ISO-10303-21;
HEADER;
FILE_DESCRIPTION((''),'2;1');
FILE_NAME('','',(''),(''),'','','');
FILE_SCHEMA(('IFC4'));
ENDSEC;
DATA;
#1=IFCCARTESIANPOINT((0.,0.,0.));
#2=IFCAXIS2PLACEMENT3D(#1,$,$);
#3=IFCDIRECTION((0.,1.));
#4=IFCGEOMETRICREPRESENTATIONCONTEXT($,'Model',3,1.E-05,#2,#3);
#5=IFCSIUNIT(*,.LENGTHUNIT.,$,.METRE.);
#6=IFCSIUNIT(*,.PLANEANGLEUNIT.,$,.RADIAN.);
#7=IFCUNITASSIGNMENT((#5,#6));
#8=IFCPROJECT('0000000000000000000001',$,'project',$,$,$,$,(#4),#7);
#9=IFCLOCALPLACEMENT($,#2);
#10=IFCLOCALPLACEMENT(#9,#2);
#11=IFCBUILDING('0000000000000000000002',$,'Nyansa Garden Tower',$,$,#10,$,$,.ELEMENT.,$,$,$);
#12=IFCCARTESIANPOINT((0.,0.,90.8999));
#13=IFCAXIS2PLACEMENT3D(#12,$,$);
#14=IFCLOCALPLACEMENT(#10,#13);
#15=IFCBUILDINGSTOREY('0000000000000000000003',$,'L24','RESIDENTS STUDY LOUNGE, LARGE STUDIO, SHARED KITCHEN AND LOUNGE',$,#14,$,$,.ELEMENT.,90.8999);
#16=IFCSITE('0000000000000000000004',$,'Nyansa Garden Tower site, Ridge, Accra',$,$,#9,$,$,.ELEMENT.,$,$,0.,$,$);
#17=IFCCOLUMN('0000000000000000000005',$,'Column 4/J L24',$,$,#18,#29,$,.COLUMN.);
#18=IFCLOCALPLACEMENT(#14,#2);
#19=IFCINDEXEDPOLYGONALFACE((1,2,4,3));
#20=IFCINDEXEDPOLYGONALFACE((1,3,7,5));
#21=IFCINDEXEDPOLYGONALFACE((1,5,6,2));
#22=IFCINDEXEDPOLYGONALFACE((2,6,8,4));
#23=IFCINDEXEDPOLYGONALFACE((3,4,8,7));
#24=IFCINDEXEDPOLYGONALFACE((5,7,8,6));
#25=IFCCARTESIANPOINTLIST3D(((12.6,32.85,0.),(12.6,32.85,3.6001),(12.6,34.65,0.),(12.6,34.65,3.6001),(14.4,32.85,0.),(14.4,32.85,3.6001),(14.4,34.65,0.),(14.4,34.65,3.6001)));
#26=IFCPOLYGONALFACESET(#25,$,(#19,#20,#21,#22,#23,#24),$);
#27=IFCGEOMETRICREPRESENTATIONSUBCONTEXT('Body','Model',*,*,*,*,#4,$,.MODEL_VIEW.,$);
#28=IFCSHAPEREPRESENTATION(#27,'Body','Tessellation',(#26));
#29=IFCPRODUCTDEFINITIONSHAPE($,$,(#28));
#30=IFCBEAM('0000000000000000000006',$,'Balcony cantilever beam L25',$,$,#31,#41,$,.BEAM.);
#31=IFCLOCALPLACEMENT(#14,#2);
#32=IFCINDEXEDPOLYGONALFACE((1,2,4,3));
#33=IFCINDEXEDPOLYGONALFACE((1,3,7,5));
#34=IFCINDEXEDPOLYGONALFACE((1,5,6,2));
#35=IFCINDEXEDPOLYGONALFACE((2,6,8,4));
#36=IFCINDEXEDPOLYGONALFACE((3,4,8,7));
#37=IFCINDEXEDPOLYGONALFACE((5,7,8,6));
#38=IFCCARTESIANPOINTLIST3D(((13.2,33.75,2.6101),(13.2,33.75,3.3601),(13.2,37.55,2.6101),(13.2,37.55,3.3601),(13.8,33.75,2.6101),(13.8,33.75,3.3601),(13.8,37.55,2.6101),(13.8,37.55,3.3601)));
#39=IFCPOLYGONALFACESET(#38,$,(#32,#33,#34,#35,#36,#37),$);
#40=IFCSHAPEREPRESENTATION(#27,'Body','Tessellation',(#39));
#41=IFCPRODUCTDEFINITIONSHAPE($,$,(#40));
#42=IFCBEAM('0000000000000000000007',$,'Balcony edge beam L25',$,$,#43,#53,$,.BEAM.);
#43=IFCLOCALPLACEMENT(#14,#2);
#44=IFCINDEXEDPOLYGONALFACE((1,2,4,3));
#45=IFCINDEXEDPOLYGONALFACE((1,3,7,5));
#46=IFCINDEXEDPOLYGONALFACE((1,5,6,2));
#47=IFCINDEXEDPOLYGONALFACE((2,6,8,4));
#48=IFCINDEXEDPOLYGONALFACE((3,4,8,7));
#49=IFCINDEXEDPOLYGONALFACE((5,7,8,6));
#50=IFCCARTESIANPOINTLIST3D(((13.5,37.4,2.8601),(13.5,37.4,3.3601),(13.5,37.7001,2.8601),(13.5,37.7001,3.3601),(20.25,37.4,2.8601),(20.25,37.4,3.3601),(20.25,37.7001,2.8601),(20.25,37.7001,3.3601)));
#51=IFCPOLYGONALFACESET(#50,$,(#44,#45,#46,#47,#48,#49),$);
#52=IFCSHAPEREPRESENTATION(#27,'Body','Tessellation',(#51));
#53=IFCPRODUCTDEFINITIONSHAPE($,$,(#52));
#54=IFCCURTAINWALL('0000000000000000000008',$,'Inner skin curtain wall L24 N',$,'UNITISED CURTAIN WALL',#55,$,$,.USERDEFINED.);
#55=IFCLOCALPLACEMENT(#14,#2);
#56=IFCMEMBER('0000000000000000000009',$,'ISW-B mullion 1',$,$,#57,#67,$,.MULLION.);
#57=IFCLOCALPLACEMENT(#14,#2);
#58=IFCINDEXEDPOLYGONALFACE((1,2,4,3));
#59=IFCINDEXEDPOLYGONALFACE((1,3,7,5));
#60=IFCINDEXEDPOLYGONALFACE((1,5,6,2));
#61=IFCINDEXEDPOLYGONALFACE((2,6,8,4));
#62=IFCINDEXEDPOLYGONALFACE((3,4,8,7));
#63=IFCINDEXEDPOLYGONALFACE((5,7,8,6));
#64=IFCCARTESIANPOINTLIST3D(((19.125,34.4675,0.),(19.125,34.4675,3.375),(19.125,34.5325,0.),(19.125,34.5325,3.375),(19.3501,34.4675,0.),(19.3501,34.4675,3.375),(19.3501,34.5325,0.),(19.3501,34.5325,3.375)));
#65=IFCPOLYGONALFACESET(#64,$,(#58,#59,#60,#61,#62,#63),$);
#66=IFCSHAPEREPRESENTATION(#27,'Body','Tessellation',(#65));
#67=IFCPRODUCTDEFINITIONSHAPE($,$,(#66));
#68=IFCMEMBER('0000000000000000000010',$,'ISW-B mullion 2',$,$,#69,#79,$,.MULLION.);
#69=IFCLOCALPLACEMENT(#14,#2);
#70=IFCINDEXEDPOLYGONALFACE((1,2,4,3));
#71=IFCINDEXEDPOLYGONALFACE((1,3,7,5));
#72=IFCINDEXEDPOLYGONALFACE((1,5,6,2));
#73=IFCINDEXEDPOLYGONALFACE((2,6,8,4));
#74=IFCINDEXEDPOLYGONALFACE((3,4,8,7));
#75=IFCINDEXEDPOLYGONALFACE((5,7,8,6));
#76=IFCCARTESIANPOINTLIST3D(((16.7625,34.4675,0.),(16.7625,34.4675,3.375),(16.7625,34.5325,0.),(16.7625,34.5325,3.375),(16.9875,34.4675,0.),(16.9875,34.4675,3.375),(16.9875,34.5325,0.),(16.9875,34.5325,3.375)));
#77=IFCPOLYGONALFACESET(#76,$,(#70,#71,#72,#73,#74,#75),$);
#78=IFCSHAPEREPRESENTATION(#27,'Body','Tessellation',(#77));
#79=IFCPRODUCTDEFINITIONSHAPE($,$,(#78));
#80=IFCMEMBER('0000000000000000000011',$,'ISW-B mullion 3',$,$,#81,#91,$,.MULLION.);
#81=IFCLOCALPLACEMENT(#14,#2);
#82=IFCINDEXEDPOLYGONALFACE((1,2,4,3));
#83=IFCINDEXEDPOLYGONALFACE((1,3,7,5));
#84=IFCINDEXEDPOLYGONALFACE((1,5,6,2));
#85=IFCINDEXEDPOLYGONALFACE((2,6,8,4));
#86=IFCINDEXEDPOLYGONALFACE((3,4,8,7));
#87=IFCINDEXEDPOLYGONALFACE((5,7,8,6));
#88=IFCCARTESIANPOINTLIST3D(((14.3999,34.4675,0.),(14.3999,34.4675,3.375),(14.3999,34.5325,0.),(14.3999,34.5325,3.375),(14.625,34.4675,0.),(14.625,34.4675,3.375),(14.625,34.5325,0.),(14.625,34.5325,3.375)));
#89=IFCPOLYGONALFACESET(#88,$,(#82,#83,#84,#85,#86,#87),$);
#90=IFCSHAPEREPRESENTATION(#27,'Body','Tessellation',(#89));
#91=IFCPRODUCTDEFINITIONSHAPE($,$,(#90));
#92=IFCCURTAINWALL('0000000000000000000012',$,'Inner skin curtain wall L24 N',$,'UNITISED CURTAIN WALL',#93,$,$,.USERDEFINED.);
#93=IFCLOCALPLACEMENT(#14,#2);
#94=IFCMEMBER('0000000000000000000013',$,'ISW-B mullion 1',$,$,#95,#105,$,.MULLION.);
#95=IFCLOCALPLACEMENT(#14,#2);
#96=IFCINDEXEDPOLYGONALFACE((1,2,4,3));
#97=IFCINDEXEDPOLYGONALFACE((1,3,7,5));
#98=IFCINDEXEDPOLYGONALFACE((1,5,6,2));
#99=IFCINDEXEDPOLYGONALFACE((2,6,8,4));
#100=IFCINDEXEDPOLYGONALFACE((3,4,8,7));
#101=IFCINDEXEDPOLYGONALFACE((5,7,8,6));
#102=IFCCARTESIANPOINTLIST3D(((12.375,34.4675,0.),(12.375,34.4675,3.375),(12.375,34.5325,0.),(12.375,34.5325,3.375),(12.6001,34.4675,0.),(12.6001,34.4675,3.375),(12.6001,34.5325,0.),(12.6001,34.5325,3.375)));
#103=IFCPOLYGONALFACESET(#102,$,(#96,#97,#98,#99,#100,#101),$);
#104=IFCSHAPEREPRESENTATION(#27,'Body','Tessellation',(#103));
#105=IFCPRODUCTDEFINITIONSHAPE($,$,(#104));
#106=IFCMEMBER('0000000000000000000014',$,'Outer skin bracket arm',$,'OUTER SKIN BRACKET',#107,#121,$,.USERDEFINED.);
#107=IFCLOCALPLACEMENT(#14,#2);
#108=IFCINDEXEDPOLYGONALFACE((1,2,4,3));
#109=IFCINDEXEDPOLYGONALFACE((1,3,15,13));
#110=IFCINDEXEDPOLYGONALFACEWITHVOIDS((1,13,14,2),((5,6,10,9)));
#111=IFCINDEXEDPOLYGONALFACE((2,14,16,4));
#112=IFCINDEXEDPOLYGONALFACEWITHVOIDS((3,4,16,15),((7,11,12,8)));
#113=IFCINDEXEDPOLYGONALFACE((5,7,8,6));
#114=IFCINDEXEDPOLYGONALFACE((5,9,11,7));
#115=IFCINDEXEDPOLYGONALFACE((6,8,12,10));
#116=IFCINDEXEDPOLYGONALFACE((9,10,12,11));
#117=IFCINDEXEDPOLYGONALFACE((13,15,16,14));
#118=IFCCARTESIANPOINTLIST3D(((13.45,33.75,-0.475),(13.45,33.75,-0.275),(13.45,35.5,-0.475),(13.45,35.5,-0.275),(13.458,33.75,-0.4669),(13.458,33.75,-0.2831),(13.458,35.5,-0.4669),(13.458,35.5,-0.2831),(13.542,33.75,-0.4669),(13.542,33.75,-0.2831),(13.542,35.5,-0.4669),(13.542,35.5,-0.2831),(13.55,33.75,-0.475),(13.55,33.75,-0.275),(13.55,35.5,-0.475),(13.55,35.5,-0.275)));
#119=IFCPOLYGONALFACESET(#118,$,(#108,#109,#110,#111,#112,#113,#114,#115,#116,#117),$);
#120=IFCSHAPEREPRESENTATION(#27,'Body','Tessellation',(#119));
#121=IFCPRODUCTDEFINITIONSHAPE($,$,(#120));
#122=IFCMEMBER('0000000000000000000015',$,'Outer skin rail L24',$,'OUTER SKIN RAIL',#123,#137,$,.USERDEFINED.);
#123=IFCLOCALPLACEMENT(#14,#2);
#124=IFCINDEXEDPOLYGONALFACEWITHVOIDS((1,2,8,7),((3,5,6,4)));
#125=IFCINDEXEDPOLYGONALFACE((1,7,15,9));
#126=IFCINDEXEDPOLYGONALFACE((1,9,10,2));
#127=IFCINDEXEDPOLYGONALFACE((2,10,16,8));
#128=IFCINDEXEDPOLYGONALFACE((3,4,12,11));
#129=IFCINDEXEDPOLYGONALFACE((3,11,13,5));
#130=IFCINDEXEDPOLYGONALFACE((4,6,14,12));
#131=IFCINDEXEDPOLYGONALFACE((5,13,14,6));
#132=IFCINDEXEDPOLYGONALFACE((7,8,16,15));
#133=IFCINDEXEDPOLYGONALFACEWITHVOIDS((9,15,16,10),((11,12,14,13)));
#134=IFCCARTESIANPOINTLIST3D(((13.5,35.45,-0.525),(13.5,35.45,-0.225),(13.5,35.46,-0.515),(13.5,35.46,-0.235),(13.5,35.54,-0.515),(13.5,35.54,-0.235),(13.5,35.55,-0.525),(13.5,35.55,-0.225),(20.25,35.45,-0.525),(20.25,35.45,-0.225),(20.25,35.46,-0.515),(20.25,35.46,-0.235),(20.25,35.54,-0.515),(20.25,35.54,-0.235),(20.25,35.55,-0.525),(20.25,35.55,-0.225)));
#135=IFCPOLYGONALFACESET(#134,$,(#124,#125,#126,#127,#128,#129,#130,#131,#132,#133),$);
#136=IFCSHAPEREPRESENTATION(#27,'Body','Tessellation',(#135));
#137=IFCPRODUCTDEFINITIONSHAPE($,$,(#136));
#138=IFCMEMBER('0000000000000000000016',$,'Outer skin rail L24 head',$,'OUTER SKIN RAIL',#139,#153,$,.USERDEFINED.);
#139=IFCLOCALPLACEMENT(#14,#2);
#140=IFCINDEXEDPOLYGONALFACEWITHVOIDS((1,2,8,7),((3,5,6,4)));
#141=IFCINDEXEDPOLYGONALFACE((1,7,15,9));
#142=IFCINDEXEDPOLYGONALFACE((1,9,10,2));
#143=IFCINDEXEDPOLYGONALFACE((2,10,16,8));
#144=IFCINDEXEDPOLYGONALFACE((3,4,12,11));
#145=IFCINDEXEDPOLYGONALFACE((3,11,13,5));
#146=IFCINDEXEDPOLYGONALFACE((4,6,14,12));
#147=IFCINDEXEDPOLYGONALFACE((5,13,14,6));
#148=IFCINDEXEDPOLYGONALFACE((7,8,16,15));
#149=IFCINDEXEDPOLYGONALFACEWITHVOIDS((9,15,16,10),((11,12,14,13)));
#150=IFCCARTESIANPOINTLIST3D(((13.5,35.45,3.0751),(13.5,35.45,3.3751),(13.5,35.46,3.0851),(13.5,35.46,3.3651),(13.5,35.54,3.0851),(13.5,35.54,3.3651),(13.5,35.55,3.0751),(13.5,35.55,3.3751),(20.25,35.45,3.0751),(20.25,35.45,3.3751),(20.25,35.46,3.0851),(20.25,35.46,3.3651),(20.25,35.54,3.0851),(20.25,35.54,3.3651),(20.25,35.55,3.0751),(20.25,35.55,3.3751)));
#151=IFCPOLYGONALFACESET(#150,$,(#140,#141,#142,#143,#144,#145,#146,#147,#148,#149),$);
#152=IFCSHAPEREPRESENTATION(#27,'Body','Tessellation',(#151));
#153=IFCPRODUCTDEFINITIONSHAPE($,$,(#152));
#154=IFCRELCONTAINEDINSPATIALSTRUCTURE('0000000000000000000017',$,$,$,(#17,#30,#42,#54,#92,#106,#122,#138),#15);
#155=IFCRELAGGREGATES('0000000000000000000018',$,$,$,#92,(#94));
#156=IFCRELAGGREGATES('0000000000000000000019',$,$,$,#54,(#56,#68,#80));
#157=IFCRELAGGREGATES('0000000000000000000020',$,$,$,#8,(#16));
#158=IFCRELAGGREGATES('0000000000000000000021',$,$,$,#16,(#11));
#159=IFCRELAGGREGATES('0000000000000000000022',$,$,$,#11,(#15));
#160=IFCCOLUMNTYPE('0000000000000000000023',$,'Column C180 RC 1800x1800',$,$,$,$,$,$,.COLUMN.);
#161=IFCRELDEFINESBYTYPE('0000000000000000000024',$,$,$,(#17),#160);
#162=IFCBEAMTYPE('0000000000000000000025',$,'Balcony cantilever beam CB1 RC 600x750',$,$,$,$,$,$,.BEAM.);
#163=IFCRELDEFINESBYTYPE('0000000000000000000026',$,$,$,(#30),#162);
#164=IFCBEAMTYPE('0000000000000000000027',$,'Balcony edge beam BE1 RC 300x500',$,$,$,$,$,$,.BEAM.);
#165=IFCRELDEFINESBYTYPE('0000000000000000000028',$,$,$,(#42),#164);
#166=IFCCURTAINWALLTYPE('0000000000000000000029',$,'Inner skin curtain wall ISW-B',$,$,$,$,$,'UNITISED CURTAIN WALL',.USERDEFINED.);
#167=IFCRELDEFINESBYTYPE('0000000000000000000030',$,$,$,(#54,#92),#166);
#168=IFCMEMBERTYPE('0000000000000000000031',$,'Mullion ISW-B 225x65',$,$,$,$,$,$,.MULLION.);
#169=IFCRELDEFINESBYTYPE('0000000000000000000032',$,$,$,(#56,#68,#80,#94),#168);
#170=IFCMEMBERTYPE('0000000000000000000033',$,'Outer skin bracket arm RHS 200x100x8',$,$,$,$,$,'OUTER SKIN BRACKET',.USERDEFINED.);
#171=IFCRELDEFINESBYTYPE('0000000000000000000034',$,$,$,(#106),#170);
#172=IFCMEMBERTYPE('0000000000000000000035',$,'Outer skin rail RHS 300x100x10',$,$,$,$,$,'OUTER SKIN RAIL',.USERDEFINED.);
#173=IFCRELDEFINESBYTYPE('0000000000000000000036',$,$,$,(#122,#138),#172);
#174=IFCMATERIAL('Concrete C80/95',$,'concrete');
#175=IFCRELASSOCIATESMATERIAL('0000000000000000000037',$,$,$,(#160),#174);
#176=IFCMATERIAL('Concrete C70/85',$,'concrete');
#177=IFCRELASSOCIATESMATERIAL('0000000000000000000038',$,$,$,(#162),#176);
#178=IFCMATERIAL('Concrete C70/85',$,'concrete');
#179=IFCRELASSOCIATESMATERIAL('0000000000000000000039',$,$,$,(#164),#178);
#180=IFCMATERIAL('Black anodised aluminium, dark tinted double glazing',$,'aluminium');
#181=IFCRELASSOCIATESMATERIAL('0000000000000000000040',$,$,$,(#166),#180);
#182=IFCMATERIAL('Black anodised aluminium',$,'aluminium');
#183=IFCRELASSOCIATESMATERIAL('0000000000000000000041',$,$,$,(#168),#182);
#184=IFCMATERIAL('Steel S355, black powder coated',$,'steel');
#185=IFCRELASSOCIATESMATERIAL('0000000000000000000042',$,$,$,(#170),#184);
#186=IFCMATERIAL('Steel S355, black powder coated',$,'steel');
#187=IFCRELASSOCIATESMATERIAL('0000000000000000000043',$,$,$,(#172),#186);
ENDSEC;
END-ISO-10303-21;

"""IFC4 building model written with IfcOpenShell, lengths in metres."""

from ifc_helpers import new_model, si_unit, direction, frame, origin, origin_2d, place, context, subcontext, project, spatial, rectangle, hollow_rectangle, extrude, material, material_profile, profile_set, type_object, element, aggregate, save


model = new_model("IFC4")

# Units and contexts
model_context = context("Model", 3, precision=1e-05, world=origin(), true_north=direction((0.0, 1.0)))
body_context = subcontext(model_context, "Body", "Model", "MODEL_VIEW")
ifc_project = project(units=[si_unit("LENGTHUNIT", "METRE"), si_unit("PLANEANGLEUNIT", "RADIAN")], contexts=[model_context])

# Site, building, storey
site_placement = place(None, origin())
site = spatial("IfcSite", under=ifc_project, at=site_placement, Name="Nyansa Garden Tower site, Ridge, Accra", CompositionType="ELEMENT", RefElevation=0.0)
building_placement = place(site_placement, origin())
building = spatial("IfcBuilding", under=site, at=building_placement, Name="Nyansa Garden Tower", CompositionType="ELEMENT")
storey_placement = place(building_placement, frame((0.0, 0.0, 90.8999)))
storey = spatial("IfcBuildingStorey", under=building, at=storey_placement, Name="L24", Description="RESIDENTS STUDY LOUNGE, LARGE STUDIO, SHARED KITCHEN AND LOUNGE", CompositionType="ELEMENT", Elevation=90.8999)

# Column
ifc_material_1 = material(Name="Concrete C80/95", Category="concrete")
ifc_material_profile_1 = material_profile(ifc_material_1, rectangle(XDim=1.8, YDim=1.8, at=origin_2d()), Name="RC 1800x1800")
ifc_profile_set_1 = profile_set([ifc_material_profile_1], Name="Concrete C80/95")
column_type = type_object("IfcColumnType", Name="Column C180 RC 1800x1800", PredefinedType="COLUMN", material=ifc_profile_set_1)
column_placement = place(storey_placement, frame((13.5, 33.75, 0.0), z_axis=(0.0, 0.0, 1.0), x_axis=(1.0, 0.0, 0.0)))
element("IfcColumn", 1, at=column_placement, inside=storey, type_object=column_type, Name="Column 4/J L24", PredefinedType="COLUMN", context=body_context, shape_type="SweptSolid", body=[
    extrude(rectangle(XDim=1.8, YDim=1.8, at=origin_2d()), origin(), (0.0, 0.0, 1.0), 3.6001),
])

# Beams
ifc_material_2 = material(Name="Concrete C70/85", Category="concrete")
ifc_material_profile_2 = material_profile(ifc_material_2, rectangle(XDim=0.6001, YDim=0.75, at=origin_2d()), Name="RC 600x750")
ifc_profile_set_2 = profile_set([ifc_material_profile_2], Name="Concrete C70/85")
beam_type_1 = type_object("IfcBeamType", Name="Balcony cantilever beam CB1 RC 600x750", PredefinedType="BEAM", material=ifc_profile_set_2)
beam_1_placement = place(storey_placement, frame((13.5, 33.75, 2.9851), z_axis=(0.0, 1.0, 0.0), x_axis=(-1.0, 0.0, 0.0)))
element("IfcBeam", 2, at=beam_1_placement, inside=storey, type_object=beam_type_1, Name="Balcony cantilever beam L25", PredefinedType="BEAM", context=body_context, shape_type="SweptSolid", body=[
    extrude(rectangle(XDim=0.6001, YDim=0.75, at=origin_2d()), origin(), (0.0, 0.0, 1.0), 3.8),
])
ifc_material_3 = material(Name="Concrete C70/85", Category="concrete")
ifc_material_profile_3 = material_profile(ifc_material_3, rectangle(XDim=0.3, YDim=0.5, at=origin_2d()), Name="RC 300x500")
ifc_profile_set_3 = profile_set([ifc_material_profile_3], Name="Concrete C70/85")
beam_type_2 = type_object("IfcBeamType", Name="Balcony edge beam BE1 RC 300x500", PredefinedType="BEAM", material=ifc_profile_set_3)
beam_2_placement = place(storey_placement, frame((13.5, 37.55, 3.1101), z_axis=(1.0, 0.0, 0.0), x_axis=(0.0, 1.0, 0.0)))
element("IfcBeam", 3, at=beam_2_placement, inside=storey, type_object=beam_type_2, Name="Balcony edge beam L25", PredefinedType="BEAM", context=body_context, shape_type="SweptSolid", body=[
    extrude(rectangle(XDim=0.3, YDim=0.5, at=origin_2d()), origin(), (0.0, 0.0, 1.0), 6.75),
])

# Curtain wall, members
ifc_material_4 = material(Name="Black anodised aluminium, dark tinted double glazing", Category="aluminium")
curtain_wall_type = type_object("IfcCurtainWallType", Name="Inner skin curtain wall ISW-B", ElementType="UNITISED CURTAIN WALL", PredefinedType="USERDEFINED", material=ifc_material_4)
curtain_wall_1_placement = place(storey_placement, origin())
curtain_wall_1 = element("IfcCurtainWall", 4, at=curtain_wall_1_placement, inside=storey, type_object=curtain_wall_type, Name="Inner skin curtain wall L24 N", ObjectType="UNITISED CURTAIN WALL", PredefinedType="USERDEFINED")
ifc_material_5 = material(Name="Black anodised aluminium", Category="aluminium")
ifc_material_profile_4 = material_profile(ifc_material_5, rectangle(XDim=0.0649, YDim=0.2251, at=origin_2d()), Name="Mullion 225x65")
ifc_profile_set_4 = profile_set([ifc_material_profile_4], Name="Black anodised aluminium")
member_type_1 = type_object("IfcMemberType", Name="Mullion ISW-B 225x65", PredefinedType="MULLION", material=ifc_profile_set_4)
member_1_placement = place(storey_placement, frame((19.2375, 34.5, 0.0), z_axis=(0.0, 0.0, 1.0), x_axis=(0.0, -1.0, 0.0)))
member_1 = element("IfcMember", 5, at=member_1_placement, type_object=member_type_1, Name="ISW-B mullion 1", PredefinedType="MULLION", context=body_context, shape_type="SweptSolid", body=[
    extrude(rectangle(XDim=0.0649, YDim=0.2251, at=origin_2d()), origin(), (0.0, 0.0, 1.0), 3.375),
])
member_2_placement = place(storey_placement, frame((16.875, 34.5, 0.0), z_axis=(0.0, 0.0, 1.0), x_axis=(0.0, -1.0, 0.0)))
member_2 = element("IfcMember", 6, at=member_2_placement, type_object=member_type_1, Name="ISW-B mullion 2", PredefinedType="MULLION", context=body_context, shape_type="SweptSolid", body=[
    extrude(rectangle(XDim=0.0649, YDim=0.2251, at=origin_2d()), origin(), (0.0, 0.0, 1.0), 3.375),
])
member_3_placement = place(storey_placement, frame((14.5125, 34.5, 0.0), z_axis=(0.0, 0.0, 1.0), x_axis=(0.0, -1.0, 0.0)))
member_3 = element("IfcMember", 7, at=member_3_placement, type_object=member_type_1, Name="ISW-B mullion 3", PredefinedType="MULLION", context=body_context, shape_type="SweptSolid", body=[
    extrude(rectangle(XDim=0.0649, YDim=0.2251, at=origin_2d()), origin(), (0.0, 0.0, 1.0), 3.375),
])

# Curtain wall, member
curtain_wall_2_placement = place(storey_placement, origin())
curtain_wall_2 = element("IfcCurtainWall", 8, at=curtain_wall_2_placement, inside=storey, type_object=curtain_wall_type, Name="Inner skin curtain wall L24 N", ObjectType="UNITISED CURTAIN WALL", PredefinedType="USERDEFINED")
member_4_placement = place(storey_placement, frame((12.4875, 34.5, 0.0), z_axis=(0.0, 0.0, 1.0), x_axis=(0.0, -1.0, 0.0)))
member_4 = element("IfcMember", 9, at=member_4_placement, type_object=member_type_1, Name="ISW-B mullion 1", PredefinedType="MULLION", context=body_context, shape_type="SweptSolid", body=[
    extrude(rectangle(XDim=0.0649, YDim=0.2251, at=origin_2d()), origin(), (0.0, 0.0, 1.0), 3.375),
])
aggregate(curtain_wall_2, [member_4])

# Members
ifc_material_6 = material(Name="Steel S355, black powder coated", Category="steel")
ifc_material_profile_5 = material_profile(ifc_material_6, hollow_rectangle(XDim=0.1001, YDim=0.2, WallThickness=0.0081, at=origin_2d()), Name="RHS 200x100x8")
ifc_profile_set_5 = profile_set([ifc_material_profile_5], Name="Steel S355, black powder coated")
member_type_2 = type_object("IfcMemberType", Name="Outer skin bracket arm RHS 200x100x8", ElementType="OUTER SKIN BRACKET", PredefinedType="USERDEFINED", material=ifc_profile_set_5)
member_5_placement = place(storey_placement, frame((13.5, 33.75, -0.375), z_axis=(0.0, 1.0, 0.0), x_axis=(-1.0, 0.0, 0.0)))
element("IfcMember", 10, at=member_5_placement, inside=storey, type_object=member_type_2, Name="Outer skin bracket arm", ObjectType="OUTER SKIN BRACKET", PredefinedType="USERDEFINED", context=body_context, shape_type="SweptSolid", body=[
    extrude(hollow_rectangle(XDim=0.1001, YDim=0.2, WallThickness=0.0081, at=origin_2d()), origin(), (0.0, 0.0, 1.0), 1.75),
])
ifc_material_7 = material(Name="Steel S355, black powder coated", Category="steel")
ifc_material_profile_6 = material_profile(ifc_material_7, hollow_rectangle(XDim=0.1001, YDim=0.3, WallThickness=0.01, at=origin_2d()), Name="RHS 300x100x10")
ifc_profile_set_6 = profile_set([ifc_material_profile_6], Name="Steel S355, black powder coated")
member_type_3 = type_object("IfcMemberType", Name="Outer skin rail RHS 300x100x10", ElementType="OUTER SKIN RAIL", PredefinedType="USERDEFINED", material=ifc_profile_set_6)
for number, where, z_axis, x_axis, name in (
    (11, (13.5, 35.5, -0.375), (1.0, 0.0, 0.0), (0.0, 1.0, 0.0), "Outer skin rail L24"),
    (12, (13.5, 35.5, 3.2251), (1.0, 0.0, 0.0), (0.0, 1.0, 0.0), "Outer skin rail L24 head"),
):
    element("IfcMember", number, at=place(storey_placement, frame(where, z_axis=z_axis, x_axis=x_axis)), inside=storey, type_object=member_type_3, Name=name, ObjectType="OUTER SKIN RAIL", PredefinedType="USERDEFINED", context=body_context, shape_type="SweptSolid", body=[
        extrude(hollow_rectangle(XDim=0.1001, YDim=0.3, WallThickness=0.01, at=origin_2d()), origin(), (0.0, 0.0, 1.0), 6.75),
    ])

aggregate(curtain_wall_1, [member_1, member_2, member_3])

save(model, "model.ifc")
